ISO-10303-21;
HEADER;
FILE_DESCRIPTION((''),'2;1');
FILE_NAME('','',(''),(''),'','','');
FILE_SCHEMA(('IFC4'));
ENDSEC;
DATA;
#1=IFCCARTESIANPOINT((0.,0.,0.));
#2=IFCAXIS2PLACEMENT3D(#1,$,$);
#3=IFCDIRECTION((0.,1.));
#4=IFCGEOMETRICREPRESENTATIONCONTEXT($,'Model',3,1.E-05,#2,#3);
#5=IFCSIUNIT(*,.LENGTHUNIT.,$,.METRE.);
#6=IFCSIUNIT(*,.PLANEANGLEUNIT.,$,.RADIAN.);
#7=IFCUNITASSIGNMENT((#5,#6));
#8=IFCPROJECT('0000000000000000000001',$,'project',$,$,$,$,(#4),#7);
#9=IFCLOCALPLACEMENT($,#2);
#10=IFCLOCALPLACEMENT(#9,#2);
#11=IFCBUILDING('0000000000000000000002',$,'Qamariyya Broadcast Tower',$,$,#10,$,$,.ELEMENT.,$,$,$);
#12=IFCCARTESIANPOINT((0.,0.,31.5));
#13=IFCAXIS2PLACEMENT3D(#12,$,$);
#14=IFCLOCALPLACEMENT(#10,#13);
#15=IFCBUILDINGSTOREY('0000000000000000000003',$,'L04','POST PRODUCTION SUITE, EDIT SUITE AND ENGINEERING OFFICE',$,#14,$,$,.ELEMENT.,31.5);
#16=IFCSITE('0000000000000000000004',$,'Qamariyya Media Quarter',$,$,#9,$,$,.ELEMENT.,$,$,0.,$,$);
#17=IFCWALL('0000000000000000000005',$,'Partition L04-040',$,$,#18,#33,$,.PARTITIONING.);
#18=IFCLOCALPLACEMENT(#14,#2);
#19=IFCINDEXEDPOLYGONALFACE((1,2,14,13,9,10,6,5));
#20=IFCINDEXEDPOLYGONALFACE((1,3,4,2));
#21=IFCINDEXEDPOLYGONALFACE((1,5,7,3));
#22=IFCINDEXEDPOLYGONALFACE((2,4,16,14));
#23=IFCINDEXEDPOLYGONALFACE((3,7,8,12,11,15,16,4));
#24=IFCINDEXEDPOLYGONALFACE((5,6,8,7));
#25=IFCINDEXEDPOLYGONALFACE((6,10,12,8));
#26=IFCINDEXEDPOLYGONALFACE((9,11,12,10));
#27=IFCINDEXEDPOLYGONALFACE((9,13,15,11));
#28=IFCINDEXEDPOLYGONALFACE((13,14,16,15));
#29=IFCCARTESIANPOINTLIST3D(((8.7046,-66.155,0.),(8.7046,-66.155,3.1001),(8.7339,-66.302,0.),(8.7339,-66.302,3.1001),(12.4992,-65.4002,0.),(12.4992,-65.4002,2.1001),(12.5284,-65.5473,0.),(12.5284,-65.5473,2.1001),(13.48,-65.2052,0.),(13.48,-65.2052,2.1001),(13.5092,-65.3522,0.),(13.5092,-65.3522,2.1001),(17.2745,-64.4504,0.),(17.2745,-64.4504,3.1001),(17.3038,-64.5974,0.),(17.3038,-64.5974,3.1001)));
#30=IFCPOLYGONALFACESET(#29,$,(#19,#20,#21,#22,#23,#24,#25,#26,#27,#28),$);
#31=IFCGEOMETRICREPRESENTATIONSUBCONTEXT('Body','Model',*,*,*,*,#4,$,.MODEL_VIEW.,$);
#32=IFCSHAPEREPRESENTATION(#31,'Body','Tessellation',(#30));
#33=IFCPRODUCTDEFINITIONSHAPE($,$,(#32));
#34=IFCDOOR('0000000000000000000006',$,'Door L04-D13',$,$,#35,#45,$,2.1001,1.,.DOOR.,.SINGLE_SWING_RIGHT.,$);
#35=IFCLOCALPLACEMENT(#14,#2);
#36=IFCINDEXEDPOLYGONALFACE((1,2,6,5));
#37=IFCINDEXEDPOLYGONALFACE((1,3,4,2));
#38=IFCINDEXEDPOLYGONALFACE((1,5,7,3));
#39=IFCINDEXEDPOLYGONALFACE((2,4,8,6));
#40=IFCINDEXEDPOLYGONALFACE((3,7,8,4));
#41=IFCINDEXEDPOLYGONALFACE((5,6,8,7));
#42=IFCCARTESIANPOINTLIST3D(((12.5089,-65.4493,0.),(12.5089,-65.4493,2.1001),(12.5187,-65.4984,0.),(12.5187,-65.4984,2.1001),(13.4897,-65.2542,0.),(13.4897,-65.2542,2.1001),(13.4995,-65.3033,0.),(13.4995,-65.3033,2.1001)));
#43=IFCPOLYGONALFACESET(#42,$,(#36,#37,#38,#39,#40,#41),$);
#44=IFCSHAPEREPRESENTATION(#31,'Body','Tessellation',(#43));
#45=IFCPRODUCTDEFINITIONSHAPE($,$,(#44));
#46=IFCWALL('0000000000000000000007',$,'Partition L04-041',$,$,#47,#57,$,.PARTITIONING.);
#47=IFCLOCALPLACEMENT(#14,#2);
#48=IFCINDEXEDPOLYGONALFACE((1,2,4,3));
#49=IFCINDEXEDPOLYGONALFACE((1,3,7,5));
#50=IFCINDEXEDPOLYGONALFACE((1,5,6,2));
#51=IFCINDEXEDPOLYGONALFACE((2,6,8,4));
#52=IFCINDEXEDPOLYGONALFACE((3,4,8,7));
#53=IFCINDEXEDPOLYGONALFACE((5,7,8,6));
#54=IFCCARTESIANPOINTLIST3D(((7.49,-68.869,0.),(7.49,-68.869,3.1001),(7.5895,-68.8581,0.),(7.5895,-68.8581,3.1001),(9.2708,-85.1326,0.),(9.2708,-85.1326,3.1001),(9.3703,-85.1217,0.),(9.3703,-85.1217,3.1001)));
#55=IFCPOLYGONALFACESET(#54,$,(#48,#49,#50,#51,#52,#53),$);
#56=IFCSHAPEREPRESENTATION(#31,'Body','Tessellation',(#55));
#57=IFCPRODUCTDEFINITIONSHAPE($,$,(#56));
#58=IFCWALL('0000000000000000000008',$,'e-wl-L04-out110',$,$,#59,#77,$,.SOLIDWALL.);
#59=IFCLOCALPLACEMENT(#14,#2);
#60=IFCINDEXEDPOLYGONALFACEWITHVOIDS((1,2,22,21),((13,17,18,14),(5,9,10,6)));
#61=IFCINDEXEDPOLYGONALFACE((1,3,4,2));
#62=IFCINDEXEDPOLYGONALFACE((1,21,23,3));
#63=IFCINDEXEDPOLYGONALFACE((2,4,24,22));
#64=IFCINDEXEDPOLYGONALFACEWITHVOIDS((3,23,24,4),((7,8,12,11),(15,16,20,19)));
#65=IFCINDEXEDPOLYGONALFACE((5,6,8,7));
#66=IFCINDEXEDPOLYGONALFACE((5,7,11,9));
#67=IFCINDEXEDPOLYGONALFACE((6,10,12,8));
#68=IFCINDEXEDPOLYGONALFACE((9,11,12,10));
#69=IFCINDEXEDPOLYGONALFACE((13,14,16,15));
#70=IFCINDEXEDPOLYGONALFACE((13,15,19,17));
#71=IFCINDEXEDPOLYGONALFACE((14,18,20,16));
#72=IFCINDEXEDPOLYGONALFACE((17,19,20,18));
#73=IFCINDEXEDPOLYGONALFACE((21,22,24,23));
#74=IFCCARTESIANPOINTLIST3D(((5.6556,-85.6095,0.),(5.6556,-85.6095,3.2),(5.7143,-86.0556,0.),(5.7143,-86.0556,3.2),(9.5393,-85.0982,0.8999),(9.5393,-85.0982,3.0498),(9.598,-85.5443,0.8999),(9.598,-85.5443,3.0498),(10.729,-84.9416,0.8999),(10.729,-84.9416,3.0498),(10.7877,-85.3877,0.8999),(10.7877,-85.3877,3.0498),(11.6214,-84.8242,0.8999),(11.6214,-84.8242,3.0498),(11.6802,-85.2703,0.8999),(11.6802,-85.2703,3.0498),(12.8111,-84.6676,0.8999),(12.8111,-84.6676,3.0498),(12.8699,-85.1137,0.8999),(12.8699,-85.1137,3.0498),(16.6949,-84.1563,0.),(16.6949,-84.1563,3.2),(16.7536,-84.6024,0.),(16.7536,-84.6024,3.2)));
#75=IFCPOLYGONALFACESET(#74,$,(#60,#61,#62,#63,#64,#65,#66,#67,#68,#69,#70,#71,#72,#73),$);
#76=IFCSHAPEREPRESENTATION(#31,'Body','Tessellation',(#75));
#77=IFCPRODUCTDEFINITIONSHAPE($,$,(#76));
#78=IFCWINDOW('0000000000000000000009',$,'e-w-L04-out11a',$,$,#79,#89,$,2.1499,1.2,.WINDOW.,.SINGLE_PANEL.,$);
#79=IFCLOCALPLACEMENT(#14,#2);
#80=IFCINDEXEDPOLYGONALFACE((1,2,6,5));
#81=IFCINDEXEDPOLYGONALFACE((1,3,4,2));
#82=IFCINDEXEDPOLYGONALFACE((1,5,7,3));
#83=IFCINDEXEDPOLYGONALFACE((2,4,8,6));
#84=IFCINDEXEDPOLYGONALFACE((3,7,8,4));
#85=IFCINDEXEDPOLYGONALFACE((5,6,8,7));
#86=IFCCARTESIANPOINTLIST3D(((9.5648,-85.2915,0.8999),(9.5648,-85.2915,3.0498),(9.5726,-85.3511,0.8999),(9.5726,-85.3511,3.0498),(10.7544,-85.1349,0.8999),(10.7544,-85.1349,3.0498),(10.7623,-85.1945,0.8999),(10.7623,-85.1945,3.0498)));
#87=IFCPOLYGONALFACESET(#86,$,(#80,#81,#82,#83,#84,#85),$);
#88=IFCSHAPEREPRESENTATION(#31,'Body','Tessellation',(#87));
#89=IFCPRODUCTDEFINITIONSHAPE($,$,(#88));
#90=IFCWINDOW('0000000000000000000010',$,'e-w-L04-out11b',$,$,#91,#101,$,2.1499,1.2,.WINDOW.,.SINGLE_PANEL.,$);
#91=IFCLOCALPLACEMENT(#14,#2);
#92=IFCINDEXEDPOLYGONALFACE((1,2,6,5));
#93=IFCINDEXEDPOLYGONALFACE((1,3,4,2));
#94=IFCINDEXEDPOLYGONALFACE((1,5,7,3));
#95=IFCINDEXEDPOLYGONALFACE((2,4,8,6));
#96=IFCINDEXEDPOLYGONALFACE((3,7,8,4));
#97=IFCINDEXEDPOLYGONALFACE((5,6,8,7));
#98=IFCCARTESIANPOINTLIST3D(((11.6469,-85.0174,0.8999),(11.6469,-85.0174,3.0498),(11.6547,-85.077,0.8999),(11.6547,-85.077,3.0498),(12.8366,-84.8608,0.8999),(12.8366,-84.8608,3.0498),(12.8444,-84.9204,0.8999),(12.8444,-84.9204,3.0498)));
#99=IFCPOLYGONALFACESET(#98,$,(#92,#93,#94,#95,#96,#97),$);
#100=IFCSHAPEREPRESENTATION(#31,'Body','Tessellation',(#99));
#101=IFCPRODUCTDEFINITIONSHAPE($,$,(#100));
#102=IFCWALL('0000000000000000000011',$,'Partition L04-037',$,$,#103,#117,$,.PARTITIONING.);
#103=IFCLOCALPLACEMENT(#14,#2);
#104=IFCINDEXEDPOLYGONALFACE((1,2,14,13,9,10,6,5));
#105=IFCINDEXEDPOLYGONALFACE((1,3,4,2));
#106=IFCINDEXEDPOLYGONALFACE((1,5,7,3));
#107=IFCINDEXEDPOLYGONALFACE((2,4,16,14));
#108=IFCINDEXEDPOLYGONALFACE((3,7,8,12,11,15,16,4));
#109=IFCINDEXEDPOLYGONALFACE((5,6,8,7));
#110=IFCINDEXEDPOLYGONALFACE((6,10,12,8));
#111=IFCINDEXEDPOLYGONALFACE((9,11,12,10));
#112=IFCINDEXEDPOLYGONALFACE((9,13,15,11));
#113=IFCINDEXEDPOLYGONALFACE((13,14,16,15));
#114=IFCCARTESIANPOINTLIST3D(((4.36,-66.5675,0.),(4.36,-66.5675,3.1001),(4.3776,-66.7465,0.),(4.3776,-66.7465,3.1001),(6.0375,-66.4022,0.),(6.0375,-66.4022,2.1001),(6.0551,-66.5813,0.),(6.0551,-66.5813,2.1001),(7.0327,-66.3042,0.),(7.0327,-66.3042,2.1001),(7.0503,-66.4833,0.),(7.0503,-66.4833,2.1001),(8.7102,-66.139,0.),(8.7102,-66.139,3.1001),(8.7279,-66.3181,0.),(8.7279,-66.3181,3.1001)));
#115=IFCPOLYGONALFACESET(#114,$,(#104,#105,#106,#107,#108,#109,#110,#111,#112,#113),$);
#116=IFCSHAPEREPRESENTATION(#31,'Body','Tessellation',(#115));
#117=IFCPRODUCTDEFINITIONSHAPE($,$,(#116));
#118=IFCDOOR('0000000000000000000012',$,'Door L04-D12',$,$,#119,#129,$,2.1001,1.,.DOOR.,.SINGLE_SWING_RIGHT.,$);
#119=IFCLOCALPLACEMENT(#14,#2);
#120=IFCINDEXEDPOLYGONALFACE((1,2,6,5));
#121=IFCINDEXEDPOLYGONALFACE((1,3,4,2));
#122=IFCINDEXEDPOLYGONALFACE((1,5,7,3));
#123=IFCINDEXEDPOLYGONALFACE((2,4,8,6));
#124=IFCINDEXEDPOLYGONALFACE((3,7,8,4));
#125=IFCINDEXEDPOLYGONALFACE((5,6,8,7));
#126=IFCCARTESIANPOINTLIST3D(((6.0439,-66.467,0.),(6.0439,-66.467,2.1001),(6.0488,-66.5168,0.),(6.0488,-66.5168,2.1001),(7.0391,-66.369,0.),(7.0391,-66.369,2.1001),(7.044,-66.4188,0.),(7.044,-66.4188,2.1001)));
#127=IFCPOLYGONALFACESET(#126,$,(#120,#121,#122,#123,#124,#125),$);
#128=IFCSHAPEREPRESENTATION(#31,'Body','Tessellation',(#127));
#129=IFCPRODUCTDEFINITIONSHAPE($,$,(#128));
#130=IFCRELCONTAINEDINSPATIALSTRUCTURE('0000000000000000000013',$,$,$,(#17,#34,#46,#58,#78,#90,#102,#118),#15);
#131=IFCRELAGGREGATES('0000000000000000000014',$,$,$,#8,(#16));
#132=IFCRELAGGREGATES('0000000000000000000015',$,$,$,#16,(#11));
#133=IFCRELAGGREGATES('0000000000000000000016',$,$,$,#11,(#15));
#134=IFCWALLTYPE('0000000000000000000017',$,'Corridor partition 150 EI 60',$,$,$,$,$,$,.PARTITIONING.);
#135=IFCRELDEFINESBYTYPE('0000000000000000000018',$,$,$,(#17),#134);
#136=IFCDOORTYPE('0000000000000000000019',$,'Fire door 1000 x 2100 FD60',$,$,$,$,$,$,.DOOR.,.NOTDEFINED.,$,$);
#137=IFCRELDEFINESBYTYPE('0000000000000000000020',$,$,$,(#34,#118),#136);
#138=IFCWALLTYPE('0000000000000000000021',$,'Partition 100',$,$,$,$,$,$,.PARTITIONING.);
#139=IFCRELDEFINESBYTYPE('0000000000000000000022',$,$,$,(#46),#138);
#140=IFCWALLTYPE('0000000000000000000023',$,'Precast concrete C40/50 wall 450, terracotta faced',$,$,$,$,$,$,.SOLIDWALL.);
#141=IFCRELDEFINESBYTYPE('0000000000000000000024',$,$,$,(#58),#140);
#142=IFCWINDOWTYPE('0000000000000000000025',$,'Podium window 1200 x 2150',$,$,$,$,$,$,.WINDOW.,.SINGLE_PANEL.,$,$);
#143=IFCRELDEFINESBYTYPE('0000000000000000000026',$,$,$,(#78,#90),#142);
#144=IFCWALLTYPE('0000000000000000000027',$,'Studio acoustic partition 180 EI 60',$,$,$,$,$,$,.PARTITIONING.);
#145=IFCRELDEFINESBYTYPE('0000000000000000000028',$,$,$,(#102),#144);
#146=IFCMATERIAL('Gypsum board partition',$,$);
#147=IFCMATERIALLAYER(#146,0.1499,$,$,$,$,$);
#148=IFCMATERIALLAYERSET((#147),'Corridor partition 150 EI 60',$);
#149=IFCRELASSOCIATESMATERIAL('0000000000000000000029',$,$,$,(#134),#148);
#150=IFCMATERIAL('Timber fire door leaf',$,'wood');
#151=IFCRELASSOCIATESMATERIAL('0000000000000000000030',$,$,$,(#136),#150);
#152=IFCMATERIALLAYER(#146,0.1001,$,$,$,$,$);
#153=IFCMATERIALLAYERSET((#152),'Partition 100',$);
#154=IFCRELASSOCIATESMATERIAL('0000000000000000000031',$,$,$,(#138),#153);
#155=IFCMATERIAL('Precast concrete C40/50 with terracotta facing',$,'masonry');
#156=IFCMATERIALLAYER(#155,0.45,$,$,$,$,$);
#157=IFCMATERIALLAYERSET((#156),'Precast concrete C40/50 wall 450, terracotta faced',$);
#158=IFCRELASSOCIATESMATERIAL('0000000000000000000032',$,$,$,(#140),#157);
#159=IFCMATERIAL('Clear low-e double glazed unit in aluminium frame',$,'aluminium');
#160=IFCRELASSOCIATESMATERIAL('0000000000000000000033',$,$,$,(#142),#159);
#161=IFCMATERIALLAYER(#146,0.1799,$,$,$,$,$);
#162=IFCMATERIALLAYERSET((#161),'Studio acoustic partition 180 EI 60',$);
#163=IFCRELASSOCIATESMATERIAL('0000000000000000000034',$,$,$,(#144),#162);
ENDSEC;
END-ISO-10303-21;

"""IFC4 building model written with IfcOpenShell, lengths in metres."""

from ifc_helpers import new_model, si_unit, direction, frame, frame_2d, origin, place, context, subcontext, project, spatial, rectangle, extrude, material, layer, layer_set, type_object, element, fill, save


model = new_model("IFC4")

# Units and contexts
model_context = context("Model", 3, precision=1e-05, world=origin(), true_north=direction((0.0, 1.0)))
body_context = subcontext(model_context, "Body", "Model", "MODEL_VIEW")
ifc_project = project(units=[si_unit("LENGTHUNIT", "METRE"), si_unit("PLANEANGLEUNIT", "RADIAN")], contexts=[model_context])

# Site, building, storey
site_placement = place(None, origin())
site = spatial("IfcSite", under=ifc_project, at=site_placement, Name="Qamariyya Media Quarter", CompositionType="ELEMENT", RefElevation=0.0)
building_placement = place(site_placement, origin())
building = spatial("IfcBuilding", under=site, at=building_placement, Name="Qamariyya Broadcast Tower", CompositionType="ELEMENT")
storey_placement = place(building_placement, frame((0.0, 0.0, 31.5)))
storey = spatial("IfcBuildingStorey", under=building, at=storey_placement, Name="L04", Description="POST PRODUCTION SUITE, EDIT SUITE AND ENGINEERING OFFICE", CompositionType="ELEMENT", Elevation=31.5)

# Wall, opening, door
ifc_material_1 = material(Name="Gypsum board partition")
ifc_layer_1 = layer(ifc_material_1, 0.1499)
ifc_layer_set_1 = layer_set([ifc_layer_1], Name="Corridor partition 150 EI 60")
wall_type_1 = type_object("IfcWallType", Name="Corridor partition 150 EI 60", PredefinedType="PARTITIONING", material=ifc_layer_set_1)
ifc_material_2 = material(Name="Timber fire door leaf", Category="wood")
wall_1_placement = place(storey_placement, frame((8.7192, -66.2285, 0.0), z_axis=(0.0, 0.0, 1.0), x_axis=(0.980786, 0.195084, 0.0)))
wall_1 = element("IfcWall", 1, at=wall_1_placement, inside=storey, type_object=wall_type_1, Name="Partition L04-040", PredefinedType="PARTITIONING", context=body_context, shape_type="SweptSolid", body=[
    extrude(rectangle(XDim=8.7378, YDim=0.1499, at=frame_2d((4.3689, 0.0))), origin(), (0.0, 0.0, 1.0), 3.1001),
])
opening_1_placement = place(wall_1_placement, frame((3.8689, 0.0, 0.0)))
opening_1 = element("IfcOpeningElement", 2, at=opening_1_placement, cuts=wall_1, PredefinedType="OPENING", context=body_context, shape_type="SweptSolid", body=[
    extrude(rectangle(XDim=1.0, YDim=2.1001, at=frame_2d((0.5, 1.05))), frame((0.0, 0.085, 0.0), z_axis=(0.0, -1.0, 0.0), x_axis=(1.0, 0.0, 0.0)), (0.0, 0.0, 1.0), 0.1699),
])
door_type_1 = type_object("IfcDoorType", Name="Fire door 1000 x 2100 FD60", OperationType="NOTDEFINED", PredefinedType="DOOR", material=ifc_material_2)
door_1_placement = place(opening_1_placement, origin())
door_1 = element("IfcDoor", 3, at=door_1_placement, inside=storey, type_object=door_type_1, Name="Door L04-D13", OperationType="SINGLE_SWING_RIGHT", OverallHeight=2.1001, OverallWidth=1.0, PredefinedType="DOOR", context=body_context, shape_type="SweptSolid", body=[
    extrude(rectangle(XDim=1.0, YDim=2.1001, at=frame_2d((0.5, 1.05))), frame((0.0, 0.0249, 0.0), z_axis=(0.0, -1.0, 0.0), x_axis=(1.0, 0.0, 0.0)), (0.0, 0.0, 1.0), 0.05),
])
fill(opening_1, door_1)

# Wall
ifc_layer_2 = layer(ifc_material_1, 0.1001)
ifc_layer_set_2 = layer_set([ifc_layer_2], Name="Partition 100")
wall_type_2 = type_object("IfcWallType", Name="Partition 100", PredefinedType="PARTITIONING", material=ifc_layer_set_2)
wall_2_placement = place(storey_placement, frame((9.3206, -85.1272, 0.0), z_axis=(0.0, 0.0, 1.0), x_axis=(-0.108843, 0.994059, 0.0)))
element("IfcWall", 4, at=wall_2_placement, inside=storey, type_object=wall_type_2, Name="Partition L04-041", PredefinedType="PARTITIONING", context=body_context, shape_type="SweptSolid", body=[
    extrude(rectangle(XDim=16.3608, YDim=0.1001, at=frame_2d((8.1804, 0.0))), origin(), (0.0, 0.0, 1.0), 3.1001),
])

# Wall, openings, windows
ifc_material_3 = material(Name="Precast concrete C40/50 with terracotta facing", Category="masonry")
ifc_layer_3 = layer(ifc_material_3, 0.45)
ifc_layer_set_3 = layer_set([ifc_layer_3], Name="Precast concrete C40/50 wall 450, terracotta faced")
wall_type_3 = type_object("IfcWallType", Name="Precast concrete C40/50 wall 450, terracotta faced", PredefinedType="SOLIDWALL", material=ifc_layer_set_3)
wall_3_placement = place(storey_placement, frame((5.6848, -85.8325, 0.0), z_axis=(0.0, 0.0, 1.0), x_axis=(0.991448, 0.130506, 0.0)))
wall_3 = element("IfcWall", 5, at=wall_3_placement, inside=storey, type_object=wall_type_3, Name="e-wl-L04-out110", PredefinedType="SOLIDWALL", context=body_context, shape_type="SweptSolid", body=[
    extrude(rectangle(XDim=11.1345, YDim=0.45, at=frame_2d((5.5674, 0.0))), origin(), (0.0, 0.0, 1.0), 3.2),
])
opening_2_placement = place(wall_3_placement, frame((3.9172, 0.0, 0.8999)))
opening_2 = element("IfcOpeningElement", 6, at=opening_2_placement, cuts=wall_3, PredefinedType="OPENING", context=body_context, shape_type="SweptSolid", body=[
    extrude(rectangle(XDim=1.2, YDim=2.1499, at=frame_2d((0.6001, 1.075))), frame((0.0, 0.2349, 0.0), z_axis=(0.0, -1.0, 0.0), x_axis=(1.0, 0.0, 0.0)), (0.0, 0.0, 1.0), 0.47),
])
opening_3_placement = place(wall_3_placement, frame((6.0173, 0.0, 0.8999)))
opening_3 = element("IfcOpeningElement", 7, at=opening_3_placement, cuts=wall_3, PredefinedType="OPENING", context=body_context, shape_type="SweptSolid", body=[
    extrude(rectangle(XDim=1.2, YDim=2.1499, at=frame_2d((0.6001, 1.075))), frame((0.0, 0.2349, 0.0), z_axis=(0.0, -1.0, 0.0), x_axis=(1.0, 0.0, 0.0)), (0.0, 0.0, 1.0), 0.47),
])
ifc_material_4 = material(Name="Clear low-e double glazed unit in aluminium frame", Category="aluminium")
window_type = type_object("IfcWindowType", Name="Podium window 1200 x 2150", PartitioningType="SINGLE_PANEL", PredefinedType="WINDOW", material=ifc_material_4)
window_1_placement = place(opening_2_placement, origin())
window_1 = element("IfcWindow", 8, at=window_1_placement, inside=storey, type_object=window_type, Name="e-w-L04-out11a", OverallHeight=2.1499, OverallWidth=1.2, PartitioningType="SINGLE_PANEL", PredefinedType="WINDOW", context=body_context, shape_type="SweptSolid", body=[
    extrude(rectangle(XDim=1.2, YDim=2.1499, at=frame_2d((0.6001, 1.075))), frame((0.0, 0.03, 0.0), z_axis=(0.0, -1.0, 0.0), x_axis=(1.0, 0.0, 0.0)), (0.0, 0.0, 1.0), 0.0601),
])
fill(opening_2, window_1)
window_2_placement = place(opening_3_placement, origin())
window_2 = element("IfcWindow", 9, at=window_2_placement, inside=storey, type_object=window_type, Name="e-w-L04-out11b", OverallHeight=2.1499, OverallWidth=1.2, PartitioningType="SINGLE_PANEL", PredefinedType="WINDOW", context=body_context, shape_type="SweptSolid", body=[
    extrude(rectangle(XDim=1.2, YDim=2.1499, at=frame_2d((0.6001, 1.075))), frame((0.0, 0.03, 0.0), z_axis=(0.0, -1.0, 0.0), x_axis=(1.0, 0.0, 0.0)), (0.0, 0.0, 1.0), 0.0601),
])
fill(opening_3, window_2)

# Wall, opening, door
ifc_layer_4 = layer(ifc_material_1, 0.1799)
ifc_layer_set_4 = layer_set([ifc_layer_4], Name="Studio acoustic partition 180 EI 60")
wall_type_4 = type_object("IfcWallType", Name="Studio acoustic partition 180 EI 60", PredefinedType="PARTITIONING", material=ifc_layer_set_4)
wall_4_placement = place(storey_placement, frame((4.3689, -66.657, 0.0), z_axis=(0.0, 0.0, 1.0), x_axis=(0.995185, 0.098016, 0.0)))
wall_4 = element("IfcWall", 10, at=wall_4_placement, inside=storey, type_object=wall_type_4, Name="Partition L04-037", PredefinedType="PARTITIONING", context=body_context, shape_type="SweptSolid", body=[
    extrude(rectangle(XDim=4.3713, YDim=0.1799, at=frame_2d((2.1855, 0.0))), origin(), (0.0, 0.0, 1.0), 3.1001),
])
opening_4_placement = place(wall_4_placement, frame((1.6855, 0.0, 0.0)))
opening_4 = element("IfcOpeningElement", 11, at=opening_4_placement, cuts=wall_4, PredefinedType="OPENING", context=body_context, shape_type="SweptSolid", body=[
    extrude(rectangle(XDim=1.0, YDim=2.1001, at=frame_2d((0.5, 1.05))), frame((0.0, 0.0999, 0.0), z_axis=(0.0, -1.0, 0.0), x_axis=(1.0, 0.0, 0.0)), (0.0, 0.0, 1.0), 0.2),
])
door_2_placement = place(opening_4_placement, origin())
door_2 = element("IfcDoor", 12, at=door_2_placement, inside=storey, type_object=door_type_1, Name="Door L04-D12", OperationType="SINGLE_SWING_RIGHT", OverallHeight=2.1001, OverallWidth=1.0, PredefinedType="DOOR", context=body_context, shape_type="SweptSolid", body=[
    extrude(rectangle(XDim=1.0, YDim=2.1001, at=frame_2d((0.5, 1.05))), frame((0.0, 0.0249, 0.0), z_axis=(0.0, -1.0, 0.0), x_axis=(1.0, 0.0, 0.0)), (0.0, 0.0, 1.0), 0.05),
])
fill(opening_4, door_2)

save(model, "model.ifc")
